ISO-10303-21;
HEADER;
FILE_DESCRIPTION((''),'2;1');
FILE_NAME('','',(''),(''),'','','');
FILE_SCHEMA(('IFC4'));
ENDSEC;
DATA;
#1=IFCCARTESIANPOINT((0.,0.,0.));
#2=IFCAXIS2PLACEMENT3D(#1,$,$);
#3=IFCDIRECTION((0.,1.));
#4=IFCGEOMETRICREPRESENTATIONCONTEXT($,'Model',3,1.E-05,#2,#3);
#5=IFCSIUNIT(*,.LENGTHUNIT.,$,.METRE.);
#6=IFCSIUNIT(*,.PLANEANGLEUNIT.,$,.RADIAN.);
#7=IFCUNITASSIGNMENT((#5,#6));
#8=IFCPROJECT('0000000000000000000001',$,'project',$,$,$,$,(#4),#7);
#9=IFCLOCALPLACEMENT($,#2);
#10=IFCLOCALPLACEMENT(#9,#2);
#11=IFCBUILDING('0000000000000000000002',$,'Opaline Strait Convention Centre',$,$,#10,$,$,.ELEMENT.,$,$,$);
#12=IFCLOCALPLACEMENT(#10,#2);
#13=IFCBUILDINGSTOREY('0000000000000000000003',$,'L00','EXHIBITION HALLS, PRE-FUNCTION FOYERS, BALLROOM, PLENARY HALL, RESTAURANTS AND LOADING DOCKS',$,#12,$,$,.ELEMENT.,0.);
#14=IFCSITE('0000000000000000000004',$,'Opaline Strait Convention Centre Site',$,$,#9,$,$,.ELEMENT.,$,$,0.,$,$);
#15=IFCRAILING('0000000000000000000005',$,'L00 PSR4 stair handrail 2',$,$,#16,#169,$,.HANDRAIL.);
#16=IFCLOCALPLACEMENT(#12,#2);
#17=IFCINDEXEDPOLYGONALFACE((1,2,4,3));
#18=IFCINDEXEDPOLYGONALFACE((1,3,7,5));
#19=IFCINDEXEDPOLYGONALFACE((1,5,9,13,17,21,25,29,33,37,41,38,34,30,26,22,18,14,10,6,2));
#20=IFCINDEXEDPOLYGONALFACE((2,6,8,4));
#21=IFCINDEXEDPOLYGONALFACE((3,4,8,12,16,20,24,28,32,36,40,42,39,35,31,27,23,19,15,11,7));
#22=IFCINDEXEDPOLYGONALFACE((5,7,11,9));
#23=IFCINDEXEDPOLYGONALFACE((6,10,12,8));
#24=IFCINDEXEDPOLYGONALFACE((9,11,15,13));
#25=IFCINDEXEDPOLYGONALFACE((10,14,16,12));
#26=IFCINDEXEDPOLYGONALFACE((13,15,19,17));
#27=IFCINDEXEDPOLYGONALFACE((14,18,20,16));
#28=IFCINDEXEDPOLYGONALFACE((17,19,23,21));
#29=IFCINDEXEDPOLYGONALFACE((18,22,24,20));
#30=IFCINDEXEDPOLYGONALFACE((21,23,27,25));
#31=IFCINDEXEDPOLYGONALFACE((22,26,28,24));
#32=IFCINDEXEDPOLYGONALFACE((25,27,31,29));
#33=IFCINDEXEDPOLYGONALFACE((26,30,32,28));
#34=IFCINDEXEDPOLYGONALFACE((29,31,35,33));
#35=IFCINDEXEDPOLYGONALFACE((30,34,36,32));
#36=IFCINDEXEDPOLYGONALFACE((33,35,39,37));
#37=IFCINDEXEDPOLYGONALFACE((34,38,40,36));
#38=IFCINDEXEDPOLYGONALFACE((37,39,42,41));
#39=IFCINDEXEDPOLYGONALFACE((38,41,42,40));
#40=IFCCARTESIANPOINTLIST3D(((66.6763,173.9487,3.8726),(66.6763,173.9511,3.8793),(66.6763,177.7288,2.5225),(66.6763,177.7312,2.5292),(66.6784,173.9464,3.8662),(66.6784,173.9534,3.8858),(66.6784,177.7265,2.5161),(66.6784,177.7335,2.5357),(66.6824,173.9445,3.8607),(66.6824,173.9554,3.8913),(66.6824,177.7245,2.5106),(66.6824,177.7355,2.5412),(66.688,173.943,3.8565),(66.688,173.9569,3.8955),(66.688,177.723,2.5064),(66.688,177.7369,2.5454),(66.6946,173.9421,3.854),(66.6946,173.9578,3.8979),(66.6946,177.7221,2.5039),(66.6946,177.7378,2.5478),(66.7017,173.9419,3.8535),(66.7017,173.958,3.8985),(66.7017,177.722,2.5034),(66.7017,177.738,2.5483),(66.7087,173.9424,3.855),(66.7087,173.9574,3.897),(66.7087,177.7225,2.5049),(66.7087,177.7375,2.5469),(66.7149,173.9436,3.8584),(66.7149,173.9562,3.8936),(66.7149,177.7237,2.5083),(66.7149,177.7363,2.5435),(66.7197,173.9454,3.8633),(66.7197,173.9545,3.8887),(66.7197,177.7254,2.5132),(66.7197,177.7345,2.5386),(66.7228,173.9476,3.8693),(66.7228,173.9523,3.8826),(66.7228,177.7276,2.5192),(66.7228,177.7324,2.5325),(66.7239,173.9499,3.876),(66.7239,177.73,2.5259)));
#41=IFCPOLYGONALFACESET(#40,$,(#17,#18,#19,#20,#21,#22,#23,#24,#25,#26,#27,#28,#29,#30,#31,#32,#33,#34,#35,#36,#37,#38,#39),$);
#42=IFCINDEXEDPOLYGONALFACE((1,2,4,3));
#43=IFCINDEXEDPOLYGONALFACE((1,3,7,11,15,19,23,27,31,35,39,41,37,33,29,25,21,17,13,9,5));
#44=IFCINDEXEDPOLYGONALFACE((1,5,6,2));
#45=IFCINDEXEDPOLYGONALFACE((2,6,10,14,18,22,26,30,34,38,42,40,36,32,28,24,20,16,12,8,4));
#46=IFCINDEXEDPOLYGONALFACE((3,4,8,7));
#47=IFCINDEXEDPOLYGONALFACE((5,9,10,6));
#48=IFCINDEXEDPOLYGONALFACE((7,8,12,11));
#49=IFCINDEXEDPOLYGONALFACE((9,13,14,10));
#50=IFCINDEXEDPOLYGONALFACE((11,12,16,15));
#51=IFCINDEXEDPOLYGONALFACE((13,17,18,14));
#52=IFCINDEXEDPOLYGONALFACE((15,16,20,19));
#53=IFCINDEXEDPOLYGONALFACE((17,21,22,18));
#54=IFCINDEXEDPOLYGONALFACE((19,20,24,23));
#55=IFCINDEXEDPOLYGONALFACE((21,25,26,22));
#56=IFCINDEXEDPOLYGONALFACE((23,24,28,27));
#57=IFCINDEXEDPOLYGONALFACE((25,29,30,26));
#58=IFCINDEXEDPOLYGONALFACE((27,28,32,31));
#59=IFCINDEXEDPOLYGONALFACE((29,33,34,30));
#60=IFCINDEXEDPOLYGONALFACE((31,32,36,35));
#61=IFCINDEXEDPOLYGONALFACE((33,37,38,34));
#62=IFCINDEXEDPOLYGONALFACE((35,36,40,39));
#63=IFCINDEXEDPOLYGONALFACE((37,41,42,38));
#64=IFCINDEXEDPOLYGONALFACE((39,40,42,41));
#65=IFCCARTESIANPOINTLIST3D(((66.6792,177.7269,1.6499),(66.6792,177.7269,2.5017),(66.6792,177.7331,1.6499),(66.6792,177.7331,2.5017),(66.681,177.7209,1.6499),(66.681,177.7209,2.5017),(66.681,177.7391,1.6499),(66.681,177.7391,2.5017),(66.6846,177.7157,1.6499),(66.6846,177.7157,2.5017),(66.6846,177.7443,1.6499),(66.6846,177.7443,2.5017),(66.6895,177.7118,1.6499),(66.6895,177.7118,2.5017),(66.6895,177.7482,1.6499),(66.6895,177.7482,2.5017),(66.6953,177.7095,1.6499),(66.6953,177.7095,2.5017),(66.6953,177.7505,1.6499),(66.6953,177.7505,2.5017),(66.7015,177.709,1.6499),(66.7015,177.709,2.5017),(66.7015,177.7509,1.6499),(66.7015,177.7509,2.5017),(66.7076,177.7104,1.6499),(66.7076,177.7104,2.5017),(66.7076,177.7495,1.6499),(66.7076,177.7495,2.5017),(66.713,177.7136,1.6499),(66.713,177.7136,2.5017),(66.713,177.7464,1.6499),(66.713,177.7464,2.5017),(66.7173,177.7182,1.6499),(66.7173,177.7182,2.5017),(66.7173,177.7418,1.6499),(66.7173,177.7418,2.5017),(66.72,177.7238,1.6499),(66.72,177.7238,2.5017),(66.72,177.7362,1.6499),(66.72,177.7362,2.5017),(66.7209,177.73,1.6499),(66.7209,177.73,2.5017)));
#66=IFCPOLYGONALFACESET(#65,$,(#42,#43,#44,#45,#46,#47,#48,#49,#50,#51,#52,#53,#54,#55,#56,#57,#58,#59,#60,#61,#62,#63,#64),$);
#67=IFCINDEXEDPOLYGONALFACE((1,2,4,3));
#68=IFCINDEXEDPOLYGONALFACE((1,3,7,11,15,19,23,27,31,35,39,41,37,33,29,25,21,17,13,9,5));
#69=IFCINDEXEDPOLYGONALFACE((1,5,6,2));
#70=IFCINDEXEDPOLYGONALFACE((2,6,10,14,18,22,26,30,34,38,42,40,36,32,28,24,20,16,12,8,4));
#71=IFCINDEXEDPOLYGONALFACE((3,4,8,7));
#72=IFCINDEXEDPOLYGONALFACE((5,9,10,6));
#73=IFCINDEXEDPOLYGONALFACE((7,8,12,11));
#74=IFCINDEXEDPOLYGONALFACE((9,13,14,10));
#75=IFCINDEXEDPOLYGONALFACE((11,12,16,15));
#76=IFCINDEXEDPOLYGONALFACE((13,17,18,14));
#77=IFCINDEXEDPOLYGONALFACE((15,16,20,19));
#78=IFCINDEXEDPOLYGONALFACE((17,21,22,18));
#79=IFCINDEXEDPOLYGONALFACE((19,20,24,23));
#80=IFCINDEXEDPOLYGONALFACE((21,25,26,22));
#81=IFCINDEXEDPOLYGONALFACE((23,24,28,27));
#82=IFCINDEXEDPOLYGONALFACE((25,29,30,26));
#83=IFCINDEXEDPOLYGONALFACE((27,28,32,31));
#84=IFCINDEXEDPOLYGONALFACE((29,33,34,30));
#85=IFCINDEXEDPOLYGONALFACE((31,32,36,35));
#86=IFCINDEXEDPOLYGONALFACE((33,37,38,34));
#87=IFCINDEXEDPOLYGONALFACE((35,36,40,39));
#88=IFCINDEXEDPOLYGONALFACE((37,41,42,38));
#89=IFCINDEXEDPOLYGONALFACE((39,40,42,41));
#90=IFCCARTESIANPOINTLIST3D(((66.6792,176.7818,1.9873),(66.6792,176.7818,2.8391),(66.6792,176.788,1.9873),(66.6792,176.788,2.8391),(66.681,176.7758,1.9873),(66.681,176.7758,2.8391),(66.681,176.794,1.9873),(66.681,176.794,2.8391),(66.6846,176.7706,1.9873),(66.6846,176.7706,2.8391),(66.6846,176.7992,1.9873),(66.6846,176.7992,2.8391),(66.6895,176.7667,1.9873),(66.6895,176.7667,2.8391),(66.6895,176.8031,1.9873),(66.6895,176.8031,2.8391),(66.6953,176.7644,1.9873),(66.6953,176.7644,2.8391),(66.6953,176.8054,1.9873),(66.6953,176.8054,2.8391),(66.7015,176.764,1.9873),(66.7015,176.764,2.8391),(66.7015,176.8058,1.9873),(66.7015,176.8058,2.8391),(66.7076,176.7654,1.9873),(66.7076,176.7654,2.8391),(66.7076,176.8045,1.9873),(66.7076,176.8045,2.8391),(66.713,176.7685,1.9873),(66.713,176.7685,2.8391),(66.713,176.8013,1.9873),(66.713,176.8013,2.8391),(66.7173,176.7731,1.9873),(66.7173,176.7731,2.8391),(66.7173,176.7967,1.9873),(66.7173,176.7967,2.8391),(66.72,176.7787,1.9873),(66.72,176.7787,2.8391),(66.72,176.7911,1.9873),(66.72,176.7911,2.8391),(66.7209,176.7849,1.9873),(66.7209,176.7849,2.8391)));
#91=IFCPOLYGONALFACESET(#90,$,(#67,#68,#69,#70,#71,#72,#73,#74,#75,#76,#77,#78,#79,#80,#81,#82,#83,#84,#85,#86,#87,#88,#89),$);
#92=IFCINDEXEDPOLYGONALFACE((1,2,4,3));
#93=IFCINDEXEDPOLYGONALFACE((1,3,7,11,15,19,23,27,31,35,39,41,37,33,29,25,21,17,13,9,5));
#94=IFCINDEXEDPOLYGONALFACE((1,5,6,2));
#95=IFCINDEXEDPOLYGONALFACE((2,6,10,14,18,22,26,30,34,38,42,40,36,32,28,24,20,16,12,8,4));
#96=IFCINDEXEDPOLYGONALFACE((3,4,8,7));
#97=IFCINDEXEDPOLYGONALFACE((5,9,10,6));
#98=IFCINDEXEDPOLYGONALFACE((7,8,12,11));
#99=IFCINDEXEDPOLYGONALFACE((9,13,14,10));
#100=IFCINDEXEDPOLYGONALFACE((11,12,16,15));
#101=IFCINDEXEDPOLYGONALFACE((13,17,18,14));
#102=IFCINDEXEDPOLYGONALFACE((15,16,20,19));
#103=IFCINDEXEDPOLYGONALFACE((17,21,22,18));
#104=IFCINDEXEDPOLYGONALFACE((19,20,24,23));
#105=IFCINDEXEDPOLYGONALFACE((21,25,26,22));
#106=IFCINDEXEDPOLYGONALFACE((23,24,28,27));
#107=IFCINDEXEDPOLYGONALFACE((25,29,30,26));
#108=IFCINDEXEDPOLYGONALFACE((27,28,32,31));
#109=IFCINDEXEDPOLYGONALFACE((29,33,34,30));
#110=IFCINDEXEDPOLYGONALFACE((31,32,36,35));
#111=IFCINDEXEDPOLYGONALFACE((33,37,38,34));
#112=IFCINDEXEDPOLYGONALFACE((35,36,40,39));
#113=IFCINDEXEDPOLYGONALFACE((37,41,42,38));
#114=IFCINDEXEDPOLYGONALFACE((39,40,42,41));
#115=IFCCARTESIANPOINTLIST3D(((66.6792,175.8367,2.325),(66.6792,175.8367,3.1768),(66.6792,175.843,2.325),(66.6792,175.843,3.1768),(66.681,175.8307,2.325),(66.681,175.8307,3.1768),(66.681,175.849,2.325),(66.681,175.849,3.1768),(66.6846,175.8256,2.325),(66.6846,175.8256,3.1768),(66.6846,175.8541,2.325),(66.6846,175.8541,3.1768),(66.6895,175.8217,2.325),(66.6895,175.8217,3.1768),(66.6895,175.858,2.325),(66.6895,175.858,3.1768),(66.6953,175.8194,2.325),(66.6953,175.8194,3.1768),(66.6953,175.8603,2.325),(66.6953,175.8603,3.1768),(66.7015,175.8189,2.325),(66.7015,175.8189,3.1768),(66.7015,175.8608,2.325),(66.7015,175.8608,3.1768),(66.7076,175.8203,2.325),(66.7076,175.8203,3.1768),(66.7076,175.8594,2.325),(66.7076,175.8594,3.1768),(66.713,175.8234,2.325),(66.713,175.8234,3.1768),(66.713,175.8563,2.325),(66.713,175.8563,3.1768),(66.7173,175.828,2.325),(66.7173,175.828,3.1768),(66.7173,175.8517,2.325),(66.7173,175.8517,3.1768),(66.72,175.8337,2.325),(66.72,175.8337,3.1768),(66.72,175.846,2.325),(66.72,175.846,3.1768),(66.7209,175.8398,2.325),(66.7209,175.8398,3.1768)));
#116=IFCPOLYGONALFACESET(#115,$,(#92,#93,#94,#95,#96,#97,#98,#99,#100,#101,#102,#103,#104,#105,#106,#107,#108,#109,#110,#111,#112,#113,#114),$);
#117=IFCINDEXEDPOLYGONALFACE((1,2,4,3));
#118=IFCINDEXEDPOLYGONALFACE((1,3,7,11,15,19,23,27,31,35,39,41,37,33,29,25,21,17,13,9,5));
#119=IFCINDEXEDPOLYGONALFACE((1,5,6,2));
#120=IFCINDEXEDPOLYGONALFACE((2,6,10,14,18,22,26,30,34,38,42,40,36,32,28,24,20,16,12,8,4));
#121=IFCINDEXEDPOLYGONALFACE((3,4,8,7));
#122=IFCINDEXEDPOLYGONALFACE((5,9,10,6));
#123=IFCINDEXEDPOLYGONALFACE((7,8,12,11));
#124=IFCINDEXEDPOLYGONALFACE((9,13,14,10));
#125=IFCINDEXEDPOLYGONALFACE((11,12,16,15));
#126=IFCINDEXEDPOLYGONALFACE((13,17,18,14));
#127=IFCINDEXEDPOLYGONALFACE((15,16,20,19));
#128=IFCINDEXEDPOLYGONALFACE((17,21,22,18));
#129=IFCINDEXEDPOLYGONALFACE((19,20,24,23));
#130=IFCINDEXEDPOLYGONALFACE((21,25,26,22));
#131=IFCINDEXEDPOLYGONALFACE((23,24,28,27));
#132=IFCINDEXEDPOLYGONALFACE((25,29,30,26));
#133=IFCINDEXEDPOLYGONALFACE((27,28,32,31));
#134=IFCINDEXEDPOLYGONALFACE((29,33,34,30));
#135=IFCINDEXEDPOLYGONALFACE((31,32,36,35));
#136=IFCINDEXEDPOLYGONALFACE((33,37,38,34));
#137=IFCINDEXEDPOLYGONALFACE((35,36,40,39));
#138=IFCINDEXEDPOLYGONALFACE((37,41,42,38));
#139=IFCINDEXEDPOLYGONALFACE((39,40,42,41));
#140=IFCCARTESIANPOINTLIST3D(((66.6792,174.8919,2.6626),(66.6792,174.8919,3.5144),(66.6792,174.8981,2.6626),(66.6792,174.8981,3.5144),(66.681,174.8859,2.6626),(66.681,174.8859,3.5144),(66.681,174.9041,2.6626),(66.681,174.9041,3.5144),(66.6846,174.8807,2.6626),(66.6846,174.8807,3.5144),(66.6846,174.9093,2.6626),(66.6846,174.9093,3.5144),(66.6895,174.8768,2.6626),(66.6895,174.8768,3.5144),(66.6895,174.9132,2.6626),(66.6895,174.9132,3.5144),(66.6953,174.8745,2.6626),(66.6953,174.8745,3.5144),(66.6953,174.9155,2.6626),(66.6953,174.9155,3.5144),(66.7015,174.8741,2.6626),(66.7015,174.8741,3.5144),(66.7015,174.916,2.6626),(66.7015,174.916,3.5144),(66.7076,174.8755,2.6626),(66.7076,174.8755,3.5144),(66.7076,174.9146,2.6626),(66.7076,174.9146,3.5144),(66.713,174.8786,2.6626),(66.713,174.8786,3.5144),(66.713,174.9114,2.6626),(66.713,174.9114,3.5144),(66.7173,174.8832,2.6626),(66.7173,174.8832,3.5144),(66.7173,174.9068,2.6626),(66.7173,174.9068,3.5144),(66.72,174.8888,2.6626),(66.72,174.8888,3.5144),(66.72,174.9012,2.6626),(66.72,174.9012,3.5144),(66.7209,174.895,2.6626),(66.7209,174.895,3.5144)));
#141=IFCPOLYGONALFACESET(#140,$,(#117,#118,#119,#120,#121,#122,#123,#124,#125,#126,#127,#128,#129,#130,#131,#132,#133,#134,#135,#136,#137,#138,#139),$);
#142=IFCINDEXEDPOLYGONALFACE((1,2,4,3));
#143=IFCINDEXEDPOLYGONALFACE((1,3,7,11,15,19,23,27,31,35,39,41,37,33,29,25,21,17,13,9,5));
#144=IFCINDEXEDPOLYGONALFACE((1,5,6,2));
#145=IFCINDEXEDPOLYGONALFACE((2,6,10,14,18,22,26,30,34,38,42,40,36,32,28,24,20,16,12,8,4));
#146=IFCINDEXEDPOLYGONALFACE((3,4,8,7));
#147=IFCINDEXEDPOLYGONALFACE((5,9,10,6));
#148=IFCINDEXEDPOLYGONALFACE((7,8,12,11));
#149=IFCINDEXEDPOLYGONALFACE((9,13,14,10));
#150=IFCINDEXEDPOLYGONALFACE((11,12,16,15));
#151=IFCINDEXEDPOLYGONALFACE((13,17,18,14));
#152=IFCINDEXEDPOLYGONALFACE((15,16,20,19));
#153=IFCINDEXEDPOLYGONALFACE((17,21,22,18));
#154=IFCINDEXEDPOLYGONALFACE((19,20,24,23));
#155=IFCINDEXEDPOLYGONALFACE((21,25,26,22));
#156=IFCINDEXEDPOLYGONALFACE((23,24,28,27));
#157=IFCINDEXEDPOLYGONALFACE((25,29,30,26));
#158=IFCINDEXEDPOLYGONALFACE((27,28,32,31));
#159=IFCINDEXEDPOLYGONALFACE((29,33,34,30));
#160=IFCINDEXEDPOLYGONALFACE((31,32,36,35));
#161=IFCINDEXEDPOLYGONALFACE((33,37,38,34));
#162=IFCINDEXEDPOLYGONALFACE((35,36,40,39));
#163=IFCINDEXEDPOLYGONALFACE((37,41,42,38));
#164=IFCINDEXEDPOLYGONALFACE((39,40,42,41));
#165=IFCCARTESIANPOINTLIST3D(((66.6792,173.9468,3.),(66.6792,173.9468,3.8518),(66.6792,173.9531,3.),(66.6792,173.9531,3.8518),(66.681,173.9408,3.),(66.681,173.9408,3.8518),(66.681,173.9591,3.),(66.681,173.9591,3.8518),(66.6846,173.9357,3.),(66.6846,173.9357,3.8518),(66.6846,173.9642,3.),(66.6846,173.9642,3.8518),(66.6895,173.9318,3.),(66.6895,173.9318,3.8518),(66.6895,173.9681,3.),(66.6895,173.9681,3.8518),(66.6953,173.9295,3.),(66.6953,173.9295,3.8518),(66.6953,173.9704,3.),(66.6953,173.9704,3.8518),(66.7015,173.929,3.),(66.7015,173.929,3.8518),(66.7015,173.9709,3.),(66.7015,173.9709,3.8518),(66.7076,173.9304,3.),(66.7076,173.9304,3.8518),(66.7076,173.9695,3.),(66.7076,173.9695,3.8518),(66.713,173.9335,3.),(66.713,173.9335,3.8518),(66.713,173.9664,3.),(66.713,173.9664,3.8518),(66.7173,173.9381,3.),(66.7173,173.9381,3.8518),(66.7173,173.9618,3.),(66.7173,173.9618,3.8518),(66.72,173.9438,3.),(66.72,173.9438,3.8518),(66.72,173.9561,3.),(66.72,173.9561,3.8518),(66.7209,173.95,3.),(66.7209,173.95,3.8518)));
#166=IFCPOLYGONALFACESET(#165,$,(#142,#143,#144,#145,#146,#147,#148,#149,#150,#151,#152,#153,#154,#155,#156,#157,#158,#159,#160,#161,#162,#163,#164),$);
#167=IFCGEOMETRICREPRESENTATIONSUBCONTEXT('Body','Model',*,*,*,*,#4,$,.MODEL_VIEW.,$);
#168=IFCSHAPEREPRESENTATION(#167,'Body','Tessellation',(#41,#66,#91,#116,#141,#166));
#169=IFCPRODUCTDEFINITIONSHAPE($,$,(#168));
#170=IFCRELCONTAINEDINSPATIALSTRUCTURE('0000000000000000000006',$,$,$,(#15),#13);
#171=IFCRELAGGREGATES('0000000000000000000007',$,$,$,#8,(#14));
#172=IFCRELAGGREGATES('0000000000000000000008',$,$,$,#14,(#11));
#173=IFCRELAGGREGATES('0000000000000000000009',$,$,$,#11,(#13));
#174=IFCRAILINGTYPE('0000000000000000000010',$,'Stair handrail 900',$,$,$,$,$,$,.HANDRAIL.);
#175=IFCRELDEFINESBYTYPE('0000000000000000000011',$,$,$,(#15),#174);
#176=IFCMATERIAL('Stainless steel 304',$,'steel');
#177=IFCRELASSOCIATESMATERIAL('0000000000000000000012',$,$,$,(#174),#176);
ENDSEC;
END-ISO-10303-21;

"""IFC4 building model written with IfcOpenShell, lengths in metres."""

from ifc_helpers import new_model, si_unit, direction, frame, origin, origin_2d, place, context, subcontext, project, spatial, circle, extrude, material, type_object, element, save


model = new_model("IFC4")

# Units and contexts
model_context = context("Model", 3, precision=1e-05, world=origin(), true_north=direction((0.0, 1.0)))
body_context = subcontext(model_context, "Body", "Model", "MODEL_VIEW")
ifc_project = project(units=[si_unit("LENGTHUNIT", "METRE"), si_unit("PLANEANGLEUNIT", "RADIAN")], contexts=[model_context])

# Site, building, storey
site_placement = place(None, origin())
site = spatial("IfcSite", under=ifc_project, at=site_placement, Name="Opaline Strait Convention Centre Site", CompositionType="ELEMENT", RefElevation=0.0)
building_placement = place(site_placement, origin())
building = spatial("IfcBuilding", under=site, at=building_placement, Name="Opaline Strait Convention Centre", CompositionType="ELEMENT")
storey_placement = place(building_placement, origin())
storey = spatial("IfcBuildingStorey", under=building, at=storey_placement, Name="L00", Description="EXHIBITION HALLS, PRE-FUNCTION FOYERS, BALLROOM, PLENARY HALL, RESTAURANTS AND LOADING DOCKS", CompositionType="ELEMENT", Elevation=0.0)

# Railing
ifc_material_1 = material(Name="Stainless steel 304", Category="steel")
railing_type_1 = type_object("IfcRailingType", Name="Stair handrail 900", PredefinedType="HANDRAIL", material=ifc_material_1)
for number, where, name in (
    (1, (66.7, 177.73, 1.6499), "L00 PSR4 stair handrail 2"),
):
    element("IfcRailing", number, at=place(storey_placement, frame(where)), inside=storey, type_object=railing_type_1, Name=name, PredefinedType="HANDRAIL", context=body_context, shape_type="SweptSolid", body=[
        extrude(circle(Radius=0.0239, at=origin_2d()), frame((0.0, 0.0, 0.876), z_axis=(0.0, -0.941735, 0.336356), x_axis=(1.0, 0.0, 0.0)), (0.0, 0.0, 1.0), 4.0139),
        extrude(circle(Radius=0.021, at=origin_2d()), origin(), (0.0, 0.0, 1.0), 0.8518),
        extrude(circle(Radius=0.021, at=origin_2d()), frame((0.0, -0.9451, 0.3374)), (0.0, 0.0, 1.0), 0.8518),
        extrude(circle(Radius=0.021, at=origin_2d()), frame((0.0, -1.8901, 0.675)), (0.0, 0.0, 1.0), 0.8518),
        extrude(circle(Radius=0.021, at=origin_2d()), frame((0.0, -2.835, 1.0127)), (0.0, 0.0, 1.0), 0.8518),
        extrude(circle(Radius=0.021, at=origin_2d()), frame((0.0, -3.78, 1.3501)), (0.0, 0.0, 1.0), 0.8518),
    ])

save(model, "model.ifc")
